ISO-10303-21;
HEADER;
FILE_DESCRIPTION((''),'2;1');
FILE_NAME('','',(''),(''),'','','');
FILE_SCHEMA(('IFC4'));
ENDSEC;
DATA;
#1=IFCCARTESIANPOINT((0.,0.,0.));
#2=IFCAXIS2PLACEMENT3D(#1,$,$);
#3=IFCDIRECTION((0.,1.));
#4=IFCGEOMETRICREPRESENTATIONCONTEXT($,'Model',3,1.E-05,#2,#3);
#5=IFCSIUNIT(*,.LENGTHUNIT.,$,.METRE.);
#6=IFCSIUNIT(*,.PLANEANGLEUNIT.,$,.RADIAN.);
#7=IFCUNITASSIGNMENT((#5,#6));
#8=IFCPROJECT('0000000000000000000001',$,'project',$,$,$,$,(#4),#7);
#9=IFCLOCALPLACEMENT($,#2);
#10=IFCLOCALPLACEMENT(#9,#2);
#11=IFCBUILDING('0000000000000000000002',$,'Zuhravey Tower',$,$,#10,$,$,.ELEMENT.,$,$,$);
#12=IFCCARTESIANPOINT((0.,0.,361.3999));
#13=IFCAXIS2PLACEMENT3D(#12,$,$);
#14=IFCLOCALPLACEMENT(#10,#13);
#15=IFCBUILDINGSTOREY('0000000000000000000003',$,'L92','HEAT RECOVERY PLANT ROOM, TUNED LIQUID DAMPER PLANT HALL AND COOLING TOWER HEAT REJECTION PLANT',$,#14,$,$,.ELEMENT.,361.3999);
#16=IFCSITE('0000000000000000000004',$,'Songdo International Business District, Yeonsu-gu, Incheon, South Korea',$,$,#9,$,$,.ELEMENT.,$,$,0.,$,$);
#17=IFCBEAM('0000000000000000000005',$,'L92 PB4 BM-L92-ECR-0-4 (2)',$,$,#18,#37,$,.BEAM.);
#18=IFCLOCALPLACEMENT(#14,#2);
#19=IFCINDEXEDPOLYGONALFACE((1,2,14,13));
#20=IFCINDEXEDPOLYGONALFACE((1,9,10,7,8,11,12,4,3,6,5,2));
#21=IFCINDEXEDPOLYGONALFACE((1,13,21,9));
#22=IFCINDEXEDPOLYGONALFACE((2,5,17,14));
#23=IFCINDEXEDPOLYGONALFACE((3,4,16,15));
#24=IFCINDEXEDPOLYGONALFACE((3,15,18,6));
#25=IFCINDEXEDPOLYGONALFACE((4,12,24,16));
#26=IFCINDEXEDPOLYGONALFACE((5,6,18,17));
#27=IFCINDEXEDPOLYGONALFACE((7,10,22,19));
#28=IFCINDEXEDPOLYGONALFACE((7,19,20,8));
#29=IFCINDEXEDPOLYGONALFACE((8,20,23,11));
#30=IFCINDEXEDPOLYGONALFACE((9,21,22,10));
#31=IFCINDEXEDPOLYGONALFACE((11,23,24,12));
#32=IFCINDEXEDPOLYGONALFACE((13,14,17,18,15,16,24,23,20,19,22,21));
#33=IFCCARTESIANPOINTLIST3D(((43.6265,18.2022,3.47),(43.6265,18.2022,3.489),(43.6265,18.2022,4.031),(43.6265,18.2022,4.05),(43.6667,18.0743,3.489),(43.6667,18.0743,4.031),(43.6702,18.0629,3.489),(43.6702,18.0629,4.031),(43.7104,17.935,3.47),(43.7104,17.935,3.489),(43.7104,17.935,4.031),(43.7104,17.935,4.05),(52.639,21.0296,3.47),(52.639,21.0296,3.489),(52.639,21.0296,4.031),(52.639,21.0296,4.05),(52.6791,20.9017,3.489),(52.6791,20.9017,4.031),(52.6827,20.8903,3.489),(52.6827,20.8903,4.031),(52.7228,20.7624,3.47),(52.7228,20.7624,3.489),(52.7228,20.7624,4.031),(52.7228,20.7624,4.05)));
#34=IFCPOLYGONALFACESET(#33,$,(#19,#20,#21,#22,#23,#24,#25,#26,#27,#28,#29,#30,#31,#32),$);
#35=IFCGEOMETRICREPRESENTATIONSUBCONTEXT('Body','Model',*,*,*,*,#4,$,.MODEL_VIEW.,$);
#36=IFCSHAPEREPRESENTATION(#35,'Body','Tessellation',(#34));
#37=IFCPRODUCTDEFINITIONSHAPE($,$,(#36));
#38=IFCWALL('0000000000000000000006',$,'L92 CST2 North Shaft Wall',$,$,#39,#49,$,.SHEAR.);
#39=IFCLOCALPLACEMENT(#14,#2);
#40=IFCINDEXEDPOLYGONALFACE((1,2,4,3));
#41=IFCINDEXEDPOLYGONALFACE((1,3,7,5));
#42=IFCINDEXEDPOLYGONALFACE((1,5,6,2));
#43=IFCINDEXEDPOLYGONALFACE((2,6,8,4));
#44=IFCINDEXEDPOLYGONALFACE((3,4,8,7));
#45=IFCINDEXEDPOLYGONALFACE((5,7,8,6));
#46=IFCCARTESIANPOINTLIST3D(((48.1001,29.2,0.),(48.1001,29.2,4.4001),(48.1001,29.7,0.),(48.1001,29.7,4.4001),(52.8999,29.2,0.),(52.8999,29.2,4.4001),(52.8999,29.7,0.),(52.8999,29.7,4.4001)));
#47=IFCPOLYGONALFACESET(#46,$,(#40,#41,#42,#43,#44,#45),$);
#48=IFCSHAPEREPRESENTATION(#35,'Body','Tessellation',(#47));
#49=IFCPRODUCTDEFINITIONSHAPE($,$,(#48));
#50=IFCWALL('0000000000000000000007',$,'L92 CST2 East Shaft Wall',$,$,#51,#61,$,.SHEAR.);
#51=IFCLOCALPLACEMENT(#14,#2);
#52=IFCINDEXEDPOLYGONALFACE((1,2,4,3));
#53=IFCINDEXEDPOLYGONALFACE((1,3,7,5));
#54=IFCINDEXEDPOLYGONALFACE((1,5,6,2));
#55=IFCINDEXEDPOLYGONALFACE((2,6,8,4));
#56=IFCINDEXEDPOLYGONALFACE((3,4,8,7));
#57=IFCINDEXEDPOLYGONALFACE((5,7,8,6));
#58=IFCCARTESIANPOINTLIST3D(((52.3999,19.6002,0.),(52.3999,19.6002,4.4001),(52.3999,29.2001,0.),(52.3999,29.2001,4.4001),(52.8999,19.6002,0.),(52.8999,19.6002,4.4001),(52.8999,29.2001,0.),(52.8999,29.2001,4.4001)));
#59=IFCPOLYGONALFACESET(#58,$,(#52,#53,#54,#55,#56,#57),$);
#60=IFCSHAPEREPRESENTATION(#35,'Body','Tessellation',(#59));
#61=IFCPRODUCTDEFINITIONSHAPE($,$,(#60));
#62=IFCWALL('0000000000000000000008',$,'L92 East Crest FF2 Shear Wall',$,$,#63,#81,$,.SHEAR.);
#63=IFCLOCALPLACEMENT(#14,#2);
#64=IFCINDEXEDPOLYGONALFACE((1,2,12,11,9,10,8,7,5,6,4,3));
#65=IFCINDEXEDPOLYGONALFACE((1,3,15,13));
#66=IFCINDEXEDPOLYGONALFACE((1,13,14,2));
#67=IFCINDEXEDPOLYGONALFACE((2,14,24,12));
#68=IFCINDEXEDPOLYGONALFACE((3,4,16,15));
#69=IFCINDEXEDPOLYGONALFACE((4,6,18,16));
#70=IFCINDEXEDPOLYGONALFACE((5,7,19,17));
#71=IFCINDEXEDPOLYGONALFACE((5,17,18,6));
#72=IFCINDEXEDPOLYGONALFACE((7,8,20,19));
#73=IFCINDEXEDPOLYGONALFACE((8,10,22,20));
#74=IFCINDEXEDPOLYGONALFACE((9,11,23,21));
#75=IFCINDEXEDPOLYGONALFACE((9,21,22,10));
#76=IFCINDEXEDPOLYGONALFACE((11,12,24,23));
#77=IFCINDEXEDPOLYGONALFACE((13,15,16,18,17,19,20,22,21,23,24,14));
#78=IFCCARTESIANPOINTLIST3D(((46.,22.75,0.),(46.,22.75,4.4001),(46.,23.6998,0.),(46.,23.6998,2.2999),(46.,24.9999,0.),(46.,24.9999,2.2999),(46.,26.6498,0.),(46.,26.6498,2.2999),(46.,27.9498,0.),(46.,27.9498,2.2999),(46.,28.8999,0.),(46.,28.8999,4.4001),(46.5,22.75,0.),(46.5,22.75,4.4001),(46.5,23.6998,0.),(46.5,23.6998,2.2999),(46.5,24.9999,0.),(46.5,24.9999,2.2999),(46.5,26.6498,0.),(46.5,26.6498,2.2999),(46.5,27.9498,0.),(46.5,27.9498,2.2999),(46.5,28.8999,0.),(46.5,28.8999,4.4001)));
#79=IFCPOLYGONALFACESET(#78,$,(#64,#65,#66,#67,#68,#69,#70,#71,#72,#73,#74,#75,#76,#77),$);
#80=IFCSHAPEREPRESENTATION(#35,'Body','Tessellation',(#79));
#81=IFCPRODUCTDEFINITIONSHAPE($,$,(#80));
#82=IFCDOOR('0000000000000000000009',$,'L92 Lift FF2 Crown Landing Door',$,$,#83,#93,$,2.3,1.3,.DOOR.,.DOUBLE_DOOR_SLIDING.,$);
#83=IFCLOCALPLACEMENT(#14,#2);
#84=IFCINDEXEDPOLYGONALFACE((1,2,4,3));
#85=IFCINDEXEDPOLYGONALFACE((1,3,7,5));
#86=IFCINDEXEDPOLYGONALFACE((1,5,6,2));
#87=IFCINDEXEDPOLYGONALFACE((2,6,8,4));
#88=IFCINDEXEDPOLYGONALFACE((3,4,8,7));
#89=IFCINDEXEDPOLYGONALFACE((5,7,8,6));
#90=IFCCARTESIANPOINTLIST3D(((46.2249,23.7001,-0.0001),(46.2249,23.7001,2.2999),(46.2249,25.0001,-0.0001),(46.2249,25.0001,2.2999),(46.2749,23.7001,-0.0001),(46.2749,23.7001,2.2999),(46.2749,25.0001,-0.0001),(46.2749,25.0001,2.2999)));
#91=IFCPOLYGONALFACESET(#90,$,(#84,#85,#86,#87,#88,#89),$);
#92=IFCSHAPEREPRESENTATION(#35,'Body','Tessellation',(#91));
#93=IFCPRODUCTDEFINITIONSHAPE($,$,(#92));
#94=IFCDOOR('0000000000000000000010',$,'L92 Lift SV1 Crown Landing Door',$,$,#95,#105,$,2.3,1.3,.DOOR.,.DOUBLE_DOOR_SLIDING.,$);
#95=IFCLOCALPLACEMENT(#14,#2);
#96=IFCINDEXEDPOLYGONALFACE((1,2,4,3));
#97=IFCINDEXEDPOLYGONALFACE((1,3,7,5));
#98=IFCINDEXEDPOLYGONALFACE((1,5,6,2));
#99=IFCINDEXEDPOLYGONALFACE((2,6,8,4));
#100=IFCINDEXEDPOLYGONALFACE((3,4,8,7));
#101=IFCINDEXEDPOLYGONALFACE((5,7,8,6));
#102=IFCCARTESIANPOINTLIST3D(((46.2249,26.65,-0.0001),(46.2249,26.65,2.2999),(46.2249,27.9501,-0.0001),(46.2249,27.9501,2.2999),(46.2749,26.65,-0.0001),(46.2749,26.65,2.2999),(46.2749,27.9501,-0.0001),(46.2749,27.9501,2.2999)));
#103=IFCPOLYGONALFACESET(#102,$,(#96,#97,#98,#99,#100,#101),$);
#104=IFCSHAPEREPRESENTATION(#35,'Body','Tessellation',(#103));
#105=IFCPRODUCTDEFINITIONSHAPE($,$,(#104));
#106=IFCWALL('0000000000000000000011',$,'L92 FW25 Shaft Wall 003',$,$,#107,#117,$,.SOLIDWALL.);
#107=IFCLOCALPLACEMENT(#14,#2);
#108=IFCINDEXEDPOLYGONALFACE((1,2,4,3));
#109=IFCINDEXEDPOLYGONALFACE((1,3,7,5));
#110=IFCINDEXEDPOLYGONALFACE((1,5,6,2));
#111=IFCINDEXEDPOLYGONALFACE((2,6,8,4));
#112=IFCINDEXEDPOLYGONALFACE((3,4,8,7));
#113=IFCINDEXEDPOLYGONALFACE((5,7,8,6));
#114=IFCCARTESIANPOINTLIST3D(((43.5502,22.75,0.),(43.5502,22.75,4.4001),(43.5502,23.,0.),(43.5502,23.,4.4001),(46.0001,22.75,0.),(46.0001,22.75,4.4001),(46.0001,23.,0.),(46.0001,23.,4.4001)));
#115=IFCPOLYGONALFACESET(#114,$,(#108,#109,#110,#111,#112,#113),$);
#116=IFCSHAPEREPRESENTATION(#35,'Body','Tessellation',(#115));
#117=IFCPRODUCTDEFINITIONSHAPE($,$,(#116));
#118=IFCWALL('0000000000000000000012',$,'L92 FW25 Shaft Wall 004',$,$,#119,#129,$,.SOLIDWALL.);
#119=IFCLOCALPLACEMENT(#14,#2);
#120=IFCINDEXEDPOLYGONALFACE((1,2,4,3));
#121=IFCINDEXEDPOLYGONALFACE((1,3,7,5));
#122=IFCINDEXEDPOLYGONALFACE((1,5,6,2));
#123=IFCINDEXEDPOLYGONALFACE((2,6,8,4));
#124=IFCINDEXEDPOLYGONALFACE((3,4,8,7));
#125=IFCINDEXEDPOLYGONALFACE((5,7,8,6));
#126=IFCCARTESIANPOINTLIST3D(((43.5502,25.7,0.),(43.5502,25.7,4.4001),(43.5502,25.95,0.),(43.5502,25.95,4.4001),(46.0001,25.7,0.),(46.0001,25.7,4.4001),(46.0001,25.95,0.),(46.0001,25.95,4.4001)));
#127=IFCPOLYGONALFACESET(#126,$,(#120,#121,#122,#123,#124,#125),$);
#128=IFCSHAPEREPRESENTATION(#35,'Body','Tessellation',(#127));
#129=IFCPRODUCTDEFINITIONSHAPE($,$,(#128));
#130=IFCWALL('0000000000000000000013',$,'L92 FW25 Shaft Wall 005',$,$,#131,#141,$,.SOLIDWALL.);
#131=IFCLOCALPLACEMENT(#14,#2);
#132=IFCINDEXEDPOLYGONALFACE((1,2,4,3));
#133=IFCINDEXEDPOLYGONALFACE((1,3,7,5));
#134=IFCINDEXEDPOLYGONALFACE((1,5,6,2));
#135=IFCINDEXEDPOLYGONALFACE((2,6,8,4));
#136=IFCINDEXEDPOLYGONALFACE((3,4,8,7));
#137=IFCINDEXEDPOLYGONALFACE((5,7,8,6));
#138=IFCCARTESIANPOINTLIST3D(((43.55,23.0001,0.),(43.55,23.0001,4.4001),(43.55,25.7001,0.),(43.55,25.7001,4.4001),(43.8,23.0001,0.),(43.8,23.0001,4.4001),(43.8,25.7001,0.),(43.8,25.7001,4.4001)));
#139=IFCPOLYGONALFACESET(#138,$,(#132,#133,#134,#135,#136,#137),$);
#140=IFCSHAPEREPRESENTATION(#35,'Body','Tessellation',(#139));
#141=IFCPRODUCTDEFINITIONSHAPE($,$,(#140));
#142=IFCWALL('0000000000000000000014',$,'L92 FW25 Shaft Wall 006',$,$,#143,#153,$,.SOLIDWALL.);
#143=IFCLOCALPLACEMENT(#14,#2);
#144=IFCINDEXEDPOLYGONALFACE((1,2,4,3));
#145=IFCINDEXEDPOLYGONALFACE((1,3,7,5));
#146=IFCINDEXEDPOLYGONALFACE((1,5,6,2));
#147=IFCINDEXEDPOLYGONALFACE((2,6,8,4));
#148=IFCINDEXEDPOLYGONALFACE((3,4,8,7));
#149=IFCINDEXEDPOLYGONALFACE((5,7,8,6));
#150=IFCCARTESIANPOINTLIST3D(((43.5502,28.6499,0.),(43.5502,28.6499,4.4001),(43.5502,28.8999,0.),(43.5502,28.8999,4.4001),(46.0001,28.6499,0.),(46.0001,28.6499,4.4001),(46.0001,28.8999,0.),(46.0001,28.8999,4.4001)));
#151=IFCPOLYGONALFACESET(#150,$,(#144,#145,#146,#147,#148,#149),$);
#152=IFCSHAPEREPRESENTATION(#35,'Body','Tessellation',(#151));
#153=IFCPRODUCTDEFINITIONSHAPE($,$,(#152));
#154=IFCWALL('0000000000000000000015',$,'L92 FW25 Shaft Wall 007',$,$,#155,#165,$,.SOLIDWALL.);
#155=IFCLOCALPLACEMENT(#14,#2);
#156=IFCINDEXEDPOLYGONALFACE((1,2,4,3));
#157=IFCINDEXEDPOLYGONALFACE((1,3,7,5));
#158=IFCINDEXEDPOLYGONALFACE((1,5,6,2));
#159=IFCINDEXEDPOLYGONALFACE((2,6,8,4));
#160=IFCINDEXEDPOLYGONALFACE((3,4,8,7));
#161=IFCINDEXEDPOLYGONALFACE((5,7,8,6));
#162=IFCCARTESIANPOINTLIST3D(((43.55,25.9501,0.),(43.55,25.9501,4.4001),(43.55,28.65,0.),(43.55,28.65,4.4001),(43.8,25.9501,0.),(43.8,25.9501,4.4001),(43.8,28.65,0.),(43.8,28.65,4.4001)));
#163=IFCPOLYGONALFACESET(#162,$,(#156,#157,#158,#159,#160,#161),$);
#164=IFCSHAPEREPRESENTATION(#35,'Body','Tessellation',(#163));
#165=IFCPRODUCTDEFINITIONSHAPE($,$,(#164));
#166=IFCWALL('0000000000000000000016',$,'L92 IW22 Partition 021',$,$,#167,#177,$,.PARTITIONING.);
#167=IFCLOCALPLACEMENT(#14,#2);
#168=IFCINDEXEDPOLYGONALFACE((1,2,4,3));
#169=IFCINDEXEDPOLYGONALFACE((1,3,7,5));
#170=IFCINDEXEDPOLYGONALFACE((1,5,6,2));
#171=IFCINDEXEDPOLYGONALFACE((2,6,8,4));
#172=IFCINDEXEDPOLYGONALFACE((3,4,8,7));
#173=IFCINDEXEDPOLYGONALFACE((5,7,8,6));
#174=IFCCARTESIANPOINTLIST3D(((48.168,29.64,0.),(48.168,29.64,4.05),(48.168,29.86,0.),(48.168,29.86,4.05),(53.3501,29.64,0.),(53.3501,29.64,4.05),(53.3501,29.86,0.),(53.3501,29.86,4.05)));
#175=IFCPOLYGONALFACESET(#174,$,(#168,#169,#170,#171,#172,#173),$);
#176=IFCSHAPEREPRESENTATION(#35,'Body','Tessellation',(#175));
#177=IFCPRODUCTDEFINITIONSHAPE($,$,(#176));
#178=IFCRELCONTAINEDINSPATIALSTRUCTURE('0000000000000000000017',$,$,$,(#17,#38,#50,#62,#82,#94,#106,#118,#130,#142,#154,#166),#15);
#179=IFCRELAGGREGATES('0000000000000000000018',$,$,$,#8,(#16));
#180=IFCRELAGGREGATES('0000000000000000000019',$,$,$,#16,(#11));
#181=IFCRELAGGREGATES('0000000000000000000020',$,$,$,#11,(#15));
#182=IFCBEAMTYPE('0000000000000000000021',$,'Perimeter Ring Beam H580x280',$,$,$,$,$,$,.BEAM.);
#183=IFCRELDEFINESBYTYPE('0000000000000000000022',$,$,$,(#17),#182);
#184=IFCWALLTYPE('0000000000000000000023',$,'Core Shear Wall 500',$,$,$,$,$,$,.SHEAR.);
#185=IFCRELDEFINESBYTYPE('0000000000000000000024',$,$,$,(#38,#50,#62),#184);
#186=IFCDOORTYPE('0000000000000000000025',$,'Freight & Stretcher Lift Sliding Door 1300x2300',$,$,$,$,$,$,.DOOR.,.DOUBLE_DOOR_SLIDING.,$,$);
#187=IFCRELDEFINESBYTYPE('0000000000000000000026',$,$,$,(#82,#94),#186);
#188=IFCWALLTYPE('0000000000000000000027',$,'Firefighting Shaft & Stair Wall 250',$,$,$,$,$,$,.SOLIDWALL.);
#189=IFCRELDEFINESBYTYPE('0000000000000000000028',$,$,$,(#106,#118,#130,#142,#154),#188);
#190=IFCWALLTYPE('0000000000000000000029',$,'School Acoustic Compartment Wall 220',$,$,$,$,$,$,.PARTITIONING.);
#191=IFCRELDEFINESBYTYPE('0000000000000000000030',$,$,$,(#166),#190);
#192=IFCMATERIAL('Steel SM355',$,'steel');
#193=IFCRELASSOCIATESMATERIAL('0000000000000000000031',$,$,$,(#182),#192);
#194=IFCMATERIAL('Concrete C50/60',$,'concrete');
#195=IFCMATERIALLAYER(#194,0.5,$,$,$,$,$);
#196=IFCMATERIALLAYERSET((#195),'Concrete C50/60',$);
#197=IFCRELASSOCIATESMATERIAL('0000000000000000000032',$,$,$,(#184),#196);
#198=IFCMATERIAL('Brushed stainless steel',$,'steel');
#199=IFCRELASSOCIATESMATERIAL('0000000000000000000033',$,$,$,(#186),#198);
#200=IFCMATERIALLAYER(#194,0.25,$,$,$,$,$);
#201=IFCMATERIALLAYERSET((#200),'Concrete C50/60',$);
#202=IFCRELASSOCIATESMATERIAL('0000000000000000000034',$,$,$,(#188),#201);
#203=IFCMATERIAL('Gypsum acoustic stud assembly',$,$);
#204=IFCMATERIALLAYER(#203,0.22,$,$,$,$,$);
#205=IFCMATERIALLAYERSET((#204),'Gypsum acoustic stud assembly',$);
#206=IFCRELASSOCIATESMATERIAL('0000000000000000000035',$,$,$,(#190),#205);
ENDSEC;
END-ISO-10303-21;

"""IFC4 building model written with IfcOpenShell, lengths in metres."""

from ifc_helpers import new_model, si_unit, direction, frame, frame_2d, origin, origin_2d, place, context, subcontext, project, spatial, rectangle, i_section, extrude, material, layer, layer_set, material_profile, profile_set, type_object, element, fill, save


model = new_model("IFC4")

# Units and contexts
model_context = context("Model", 3, precision=1e-05, world=origin(), true_north=direction((0.0, 1.0)))
body_context = subcontext(model_context, "Body", "Model", "MODEL_VIEW")
ifc_project = project(units=[si_unit("LENGTHUNIT", "METRE"), si_unit("PLANEANGLEUNIT", "RADIAN")], contexts=[model_context])

# Site, building, storey
site_placement = place(None, origin())
site = spatial("IfcSite", under=ifc_project, at=site_placement, Name="Songdo International Business District, Yeonsu-gu, Incheon, South Korea", CompositionType="ELEMENT", RefElevation=0.0)
building_placement = place(site_placement, origin())
building = spatial("IfcBuilding", under=site, at=building_placement, Name="Zuhravey Tower", CompositionType="ELEMENT")
storey_placement = place(building_placement, frame((0.0, 0.0, 361.3999)))
storey = spatial("IfcBuildingStorey", under=building, at=storey_placement, Name="L92", Description="HEAT RECOVERY PLANT ROOM, TUNED LIQUID DAMPER PLANT HALL AND COOLING TOWER HEAT REJECTION PLANT", CompositionType="ELEMENT", Elevation=361.3999)

# Beam
ifc_material_1 = material(Name="Steel SM355", Category="steel")
ifc_material_profile = material_profile(ifc_material_1, i_section(OverallWidth=0.28, OverallDepth=0.5801, WebThickness=0.012, FlangeThickness=0.019, at=origin_2d()), Name="H-580x280x12x19")
ifc_profile_set = profile_set([ifc_material_profile], Name="Steel SM355")
beam_type = type_object("IfcBeamType", Name="Perimeter Ring Beam H580x280", PredefinedType="BEAM", material=ifc_profile_set)
beam_placement = place(storey_placement, frame((52.6809, 20.896, 3.76), z_axis=(-0.954148, -0.299336, 0.0), x_axis=(0.299336, -0.954148, 0.0)))
element("IfcBeam", 1, at=beam_placement, inside=storey, type_object=beam_type, Name="L92 PB4 BM-L92-ECR-0-4 (2)", PredefinedType="BEAM", context=body_context, shape_type="SweptSolid", body=[
    extrude(i_section(OverallWidth=0.28, OverallDepth=0.5801, WebThickness=0.012, FlangeThickness=0.019, at=origin_2d()), origin(), (0.0, 0.0, 1.0), 9.4456),
])

# Walls
ifc_material_2 = material(Name="Concrete C50/60", Category="concrete")
ifc_layer_1 = layer(ifc_material_2, 0.5)
ifc_layer_set_1 = layer_set([ifc_layer_1], Name="Concrete C50/60")
wall_type_1 = type_object("IfcWallType", Name="Core Shear Wall 500", PredefinedType="SHEAR", material=ifc_layer_set_1)
wall_1_placement = place(storey_placement, frame((52.8999, 29.45, 0.0), z_axis=(0.0, 0.0, 1.0), x_axis=(-1.0, 0.0, 0.0)))
element("IfcWall", 2, at=wall_1_placement, inside=storey, type_object=wall_type_1, Name="L92 CST2 North Shaft Wall", PredefinedType="SHEAR", context=body_context, shape_type="SweptSolid", body=[
    extrude(rectangle(XDim=4.7998, YDim=0.5, at=frame_2d((2.3999, 0.0))), origin(), (0.0, 0.0, 1.0), 4.4001),
])
wall_2_placement = place(storey_placement, frame((52.6499, 29.2, 0.0), z_axis=(0.0, 0.0, 1.0), x_axis=(0.0, -1.0, 0.0)))
element("IfcWall", 3, at=wall_2_placement, inside=storey, type_object=wall_type_1, Name="L92 CST2 East Shaft Wall", PredefinedType="SHEAR", context=body_context, shape_type="SweptSolid", body=[
    extrude(rectangle(XDim=9.5999, YDim=0.5, at=frame_2d((4.7998, 0.0))), origin(), (0.0, 0.0, 1.0), 4.4001),
])

# Wall, openings, doors
wall_3_placement = place(storey_placement, frame((46.25, 22.75, 0.0), z_axis=(0.0, 0.0, 1.0), x_axis=(0.0, 1.0, 0.0)))
wall_3 = element("IfcWall", 4, at=wall_3_placement, inside=storey, type_object=wall_type_1, Name="L92 East Crest FF2 Shear Wall", PredefinedType="SHEAR", context=body_context, shape_type="SweptSolid", body=[
    extrude(rectangle(XDim=6.1499, YDim=0.5, at=frame_2d((3.075, 0.0))), origin(), (0.0, 0.0, 1.0), 4.4001),
])
opening_1_placement = place(wall_3_placement, frame((0.95, 0.0, 0.0)))
opening_1 = element("IfcOpeningElement", 5, at=opening_1_placement, cuts=wall_3, PredefinedType="OPENING", context=body_context, shape_type="SweptSolid", body=[
    extrude(rectangle(XDim=1.3, YDim=2.3, at=frame_2d((0.6499, 1.1499))), frame((0.0, 0.262, 0.0), z_axis=(0.0, -1.0, 0.0), x_axis=(1.0, 0.0, 0.0)), (0.0, 0.0, 1.0), 0.5239),
])
opening_2_placement = place(wall_3_placement, frame((3.8999, 0.0, 0.0)))
opening_2 = element("IfcOpeningElement", 6, at=opening_2_placement, cuts=wall_3, PredefinedType="OPENING", context=body_context, shape_type="SweptSolid", body=[
    extrude(rectangle(XDim=1.3, YDim=2.3, at=frame_2d((0.6499, 1.1499))), frame((0.0, 0.262, 0.0), z_axis=(0.0, -1.0, 0.0), x_axis=(1.0, 0.0, 0.0)), (0.0, 0.0, 1.0), 0.5239),
])
ifc_material_3 = material(Name="Brushed stainless steel", Category="steel")
door_type = type_object("IfcDoorType", Name="Freight & Stretcher Lift Sliding Door 1300x2300", OperationType="DOUBLE_DOOR_SLIDING", PredefinedType="DOOR", material=ifc_material_3)
door_1_placement = place(opening_1_placement, frame((1.3, 0.0, 0.0), z_axis=(0.0, 0.0, 1.0), x_axis=(-1.0, 0.0, 0.0)))
door_1 = element("IfcDoor", 7, at=door_1_placement, inside=storey, type_object=door_type, Name="L92 Lift FF2 Crown Landing Door", OperationType="DOUBLE_DOOR_SLIDING", OverallHeight=2.3, OverallWidth=1.3, PredefinedType="DOOR", context=body_context, shape_type="SweptSolid", body=[
    extrude(rectangle(XDim=1.3, YDim=2.3, at=frame_2d((0.6499, 1.1499))), frame((0.0, 0.0249, 0.0), z_axis=(0.0, -1.0, 0.0), x_axis=(1.0, 0.0, 0.0)), (0.0, 0.0, 1.0), 0.05),
])
fill(opening_1, door_1)
door_2_placement = place(opening_2_placement, frame((1.3, 0.0, 0.0), z_axis=(0.0, 0.0, 1.0), x_axis=(-1.0, 0.0, 0.0)))
door_2 = element("IfcDoor", 8, at=door_2_placement, inside=storey, type_object=door_type, Name="L92 Lift SV1 Crown Landing Door", OperationType="DOUBLE_DOOR_SLIDING", OverallHeight=2.3, OverallWidth=1.3, PredefinedType="DOOR", context=body_context, shape_type="SweptSolid", body=[
    extrude(rectangle(XDim=1.3, YDim=2.3, at=frame_2d((0.6499, 1.1499))), frame((0.0, 0.0249, 0.0), z_axis=(0.0, -1.0, 0.0), x_axis=(1.0, 0.0, 0.0)), (0.0, 0.0, 1.0), 0.05),
])
fill(opening_2, door_2)

# Walls
ifc_layer_2 = layer(ifc_material_2, 0.25)
ifc_layer_set_2 = layer_set([ifc_layer_2], Name="Concrete C50/60")
wall_type_2 = type_object("IfcWallType", Name="Firefighting Shaft & Stair Wall 250", PredefinedType="SOLIDWALL", material=ifc_layer_set_2)
for number, where, z_axis, x_axis, name in (
    (9, (43.55, 22.875, 0.0), (0.0, 0.0, 1.0), (1.0, 0.0, 0.0), "L92 FW25 Shaft Wall 003"),
    (10, (43.55, 25.825, 0.0), (0.0, 0.0, 1.0), (1.0, 0.0, 0.0), "L92 FW25 Shaft Wall 004"),
):
    element("IfcWall", number, at=place(storey_placement, frame(where, z_axis=z_axis, x_axis=x_axis)), inside=storey, type_object=wall_type_2, Name=name, PredefinedType="SOLIDWALL", context=body_context, shape_type="SweptSolid", body=[
        extrude(rectangle(XDim=2.45, YDim=0.25, at=frame_2d((1.2251, 0.0))), origin(), (0.0, 0.0, 1.0), 4.4001),
    ])
wall_4_placement = place(storey_placement, frame((43.675, 23.0, 0.0), z_axis=(0.0, 0.0, 1.0), x_axis=(0.0, 1.0, 0.0)))
element("IfcWall", 11, at=wall_4_placement, inside=storey, type_object=wall_type_2, Name="L92 FW25 Shaft Wall 005", PredefinedType="SOLIDWALL", context=body_context, shape_type="SweptSolid", body=[
    extrude(rectangle(XDim=2.7, YDim=0.25, at=frame_2d((1.3501, 0.0))), origin(), (0.0, 0.0, 1.0), 4.4001),
])
wall_5_placement = place(storey_placement, frame((43.55, 28.7749, 0.0), z_axis=(0.0, 0.0, 1.0), x_axis=(1.0, 0.0, 0.0)))
element("IfcWall", 12, at=wall_5_placement, inside=storey, type_object=wall_type_2, Name="L92 FW25 Shaft Wall 006", PredefinedType="SOLIDWALL", context=body_context, shape_type="SweptSolid", body=[
    extrude(rectangle(XDim=2.45, YDim=0.25, at=frame_2d((1.2251, 0.0))), origin(), (0.0, 0.0, 1.0), 4.4001),
])
wall_6_placement = place(storey_placement, frame((43.675, 25.95, 0.0), z_axis=(0.0, 0.0, 1.0), x_axis=(0.0, 1.0, 0.0)))
element("IfcWall", 13, at=wall_6_placement, inside=storey, type_object=wall_type_2, Name="L92 FW25 Shaft Wall 007", PredefinedType="SOLIDWALL", context=body_context, shape_type="SweptSolid", body=[
    extrude(rectangle(XDim=2.7, YDim=0.25, at=frame_2d((1.3501, 0.0))), origin(), (0.0, 0.0, 1.0), 4.4001),
])
ifc_material_4 = material(Name="Gypsum acoustic stud assembly")
ifc_layer_3 = layer(ifc_material_4, 0.22)
ifc_layer_set_3 = layer_set([ifc_layer_3], Name="Gypsum acoustic stud assembly")
wall_type_3 = type_object("IfcWallType", Name="School Acoustic Compartment Wall 220", PredefinedType="PARTITIONING", material=ifc_layer_set_3)
wall_7_placement = place(storey_placement, frame((48.168, 29.75, 0.0), z_axis=(0.0, 0.0, 1.0), x_axis=(1.0, 0.0, 0.0)))
element("IfcWall", 14, at=wall_7_placement, inside=storey, type_object=wall_type_3, Name="L92 IW22 Partition 021", PredefinedType="PARTITIONING", context=body_context, shape_type="SweptSolid", body=[
    extrude(rectangle(XDim=5.1821, YDim=0.22, at=frame_2d((2.5911, 0.0))), origin(), (0.0, 0.0, 1.0), 4.05),
])

save(model, "model.ifc")
